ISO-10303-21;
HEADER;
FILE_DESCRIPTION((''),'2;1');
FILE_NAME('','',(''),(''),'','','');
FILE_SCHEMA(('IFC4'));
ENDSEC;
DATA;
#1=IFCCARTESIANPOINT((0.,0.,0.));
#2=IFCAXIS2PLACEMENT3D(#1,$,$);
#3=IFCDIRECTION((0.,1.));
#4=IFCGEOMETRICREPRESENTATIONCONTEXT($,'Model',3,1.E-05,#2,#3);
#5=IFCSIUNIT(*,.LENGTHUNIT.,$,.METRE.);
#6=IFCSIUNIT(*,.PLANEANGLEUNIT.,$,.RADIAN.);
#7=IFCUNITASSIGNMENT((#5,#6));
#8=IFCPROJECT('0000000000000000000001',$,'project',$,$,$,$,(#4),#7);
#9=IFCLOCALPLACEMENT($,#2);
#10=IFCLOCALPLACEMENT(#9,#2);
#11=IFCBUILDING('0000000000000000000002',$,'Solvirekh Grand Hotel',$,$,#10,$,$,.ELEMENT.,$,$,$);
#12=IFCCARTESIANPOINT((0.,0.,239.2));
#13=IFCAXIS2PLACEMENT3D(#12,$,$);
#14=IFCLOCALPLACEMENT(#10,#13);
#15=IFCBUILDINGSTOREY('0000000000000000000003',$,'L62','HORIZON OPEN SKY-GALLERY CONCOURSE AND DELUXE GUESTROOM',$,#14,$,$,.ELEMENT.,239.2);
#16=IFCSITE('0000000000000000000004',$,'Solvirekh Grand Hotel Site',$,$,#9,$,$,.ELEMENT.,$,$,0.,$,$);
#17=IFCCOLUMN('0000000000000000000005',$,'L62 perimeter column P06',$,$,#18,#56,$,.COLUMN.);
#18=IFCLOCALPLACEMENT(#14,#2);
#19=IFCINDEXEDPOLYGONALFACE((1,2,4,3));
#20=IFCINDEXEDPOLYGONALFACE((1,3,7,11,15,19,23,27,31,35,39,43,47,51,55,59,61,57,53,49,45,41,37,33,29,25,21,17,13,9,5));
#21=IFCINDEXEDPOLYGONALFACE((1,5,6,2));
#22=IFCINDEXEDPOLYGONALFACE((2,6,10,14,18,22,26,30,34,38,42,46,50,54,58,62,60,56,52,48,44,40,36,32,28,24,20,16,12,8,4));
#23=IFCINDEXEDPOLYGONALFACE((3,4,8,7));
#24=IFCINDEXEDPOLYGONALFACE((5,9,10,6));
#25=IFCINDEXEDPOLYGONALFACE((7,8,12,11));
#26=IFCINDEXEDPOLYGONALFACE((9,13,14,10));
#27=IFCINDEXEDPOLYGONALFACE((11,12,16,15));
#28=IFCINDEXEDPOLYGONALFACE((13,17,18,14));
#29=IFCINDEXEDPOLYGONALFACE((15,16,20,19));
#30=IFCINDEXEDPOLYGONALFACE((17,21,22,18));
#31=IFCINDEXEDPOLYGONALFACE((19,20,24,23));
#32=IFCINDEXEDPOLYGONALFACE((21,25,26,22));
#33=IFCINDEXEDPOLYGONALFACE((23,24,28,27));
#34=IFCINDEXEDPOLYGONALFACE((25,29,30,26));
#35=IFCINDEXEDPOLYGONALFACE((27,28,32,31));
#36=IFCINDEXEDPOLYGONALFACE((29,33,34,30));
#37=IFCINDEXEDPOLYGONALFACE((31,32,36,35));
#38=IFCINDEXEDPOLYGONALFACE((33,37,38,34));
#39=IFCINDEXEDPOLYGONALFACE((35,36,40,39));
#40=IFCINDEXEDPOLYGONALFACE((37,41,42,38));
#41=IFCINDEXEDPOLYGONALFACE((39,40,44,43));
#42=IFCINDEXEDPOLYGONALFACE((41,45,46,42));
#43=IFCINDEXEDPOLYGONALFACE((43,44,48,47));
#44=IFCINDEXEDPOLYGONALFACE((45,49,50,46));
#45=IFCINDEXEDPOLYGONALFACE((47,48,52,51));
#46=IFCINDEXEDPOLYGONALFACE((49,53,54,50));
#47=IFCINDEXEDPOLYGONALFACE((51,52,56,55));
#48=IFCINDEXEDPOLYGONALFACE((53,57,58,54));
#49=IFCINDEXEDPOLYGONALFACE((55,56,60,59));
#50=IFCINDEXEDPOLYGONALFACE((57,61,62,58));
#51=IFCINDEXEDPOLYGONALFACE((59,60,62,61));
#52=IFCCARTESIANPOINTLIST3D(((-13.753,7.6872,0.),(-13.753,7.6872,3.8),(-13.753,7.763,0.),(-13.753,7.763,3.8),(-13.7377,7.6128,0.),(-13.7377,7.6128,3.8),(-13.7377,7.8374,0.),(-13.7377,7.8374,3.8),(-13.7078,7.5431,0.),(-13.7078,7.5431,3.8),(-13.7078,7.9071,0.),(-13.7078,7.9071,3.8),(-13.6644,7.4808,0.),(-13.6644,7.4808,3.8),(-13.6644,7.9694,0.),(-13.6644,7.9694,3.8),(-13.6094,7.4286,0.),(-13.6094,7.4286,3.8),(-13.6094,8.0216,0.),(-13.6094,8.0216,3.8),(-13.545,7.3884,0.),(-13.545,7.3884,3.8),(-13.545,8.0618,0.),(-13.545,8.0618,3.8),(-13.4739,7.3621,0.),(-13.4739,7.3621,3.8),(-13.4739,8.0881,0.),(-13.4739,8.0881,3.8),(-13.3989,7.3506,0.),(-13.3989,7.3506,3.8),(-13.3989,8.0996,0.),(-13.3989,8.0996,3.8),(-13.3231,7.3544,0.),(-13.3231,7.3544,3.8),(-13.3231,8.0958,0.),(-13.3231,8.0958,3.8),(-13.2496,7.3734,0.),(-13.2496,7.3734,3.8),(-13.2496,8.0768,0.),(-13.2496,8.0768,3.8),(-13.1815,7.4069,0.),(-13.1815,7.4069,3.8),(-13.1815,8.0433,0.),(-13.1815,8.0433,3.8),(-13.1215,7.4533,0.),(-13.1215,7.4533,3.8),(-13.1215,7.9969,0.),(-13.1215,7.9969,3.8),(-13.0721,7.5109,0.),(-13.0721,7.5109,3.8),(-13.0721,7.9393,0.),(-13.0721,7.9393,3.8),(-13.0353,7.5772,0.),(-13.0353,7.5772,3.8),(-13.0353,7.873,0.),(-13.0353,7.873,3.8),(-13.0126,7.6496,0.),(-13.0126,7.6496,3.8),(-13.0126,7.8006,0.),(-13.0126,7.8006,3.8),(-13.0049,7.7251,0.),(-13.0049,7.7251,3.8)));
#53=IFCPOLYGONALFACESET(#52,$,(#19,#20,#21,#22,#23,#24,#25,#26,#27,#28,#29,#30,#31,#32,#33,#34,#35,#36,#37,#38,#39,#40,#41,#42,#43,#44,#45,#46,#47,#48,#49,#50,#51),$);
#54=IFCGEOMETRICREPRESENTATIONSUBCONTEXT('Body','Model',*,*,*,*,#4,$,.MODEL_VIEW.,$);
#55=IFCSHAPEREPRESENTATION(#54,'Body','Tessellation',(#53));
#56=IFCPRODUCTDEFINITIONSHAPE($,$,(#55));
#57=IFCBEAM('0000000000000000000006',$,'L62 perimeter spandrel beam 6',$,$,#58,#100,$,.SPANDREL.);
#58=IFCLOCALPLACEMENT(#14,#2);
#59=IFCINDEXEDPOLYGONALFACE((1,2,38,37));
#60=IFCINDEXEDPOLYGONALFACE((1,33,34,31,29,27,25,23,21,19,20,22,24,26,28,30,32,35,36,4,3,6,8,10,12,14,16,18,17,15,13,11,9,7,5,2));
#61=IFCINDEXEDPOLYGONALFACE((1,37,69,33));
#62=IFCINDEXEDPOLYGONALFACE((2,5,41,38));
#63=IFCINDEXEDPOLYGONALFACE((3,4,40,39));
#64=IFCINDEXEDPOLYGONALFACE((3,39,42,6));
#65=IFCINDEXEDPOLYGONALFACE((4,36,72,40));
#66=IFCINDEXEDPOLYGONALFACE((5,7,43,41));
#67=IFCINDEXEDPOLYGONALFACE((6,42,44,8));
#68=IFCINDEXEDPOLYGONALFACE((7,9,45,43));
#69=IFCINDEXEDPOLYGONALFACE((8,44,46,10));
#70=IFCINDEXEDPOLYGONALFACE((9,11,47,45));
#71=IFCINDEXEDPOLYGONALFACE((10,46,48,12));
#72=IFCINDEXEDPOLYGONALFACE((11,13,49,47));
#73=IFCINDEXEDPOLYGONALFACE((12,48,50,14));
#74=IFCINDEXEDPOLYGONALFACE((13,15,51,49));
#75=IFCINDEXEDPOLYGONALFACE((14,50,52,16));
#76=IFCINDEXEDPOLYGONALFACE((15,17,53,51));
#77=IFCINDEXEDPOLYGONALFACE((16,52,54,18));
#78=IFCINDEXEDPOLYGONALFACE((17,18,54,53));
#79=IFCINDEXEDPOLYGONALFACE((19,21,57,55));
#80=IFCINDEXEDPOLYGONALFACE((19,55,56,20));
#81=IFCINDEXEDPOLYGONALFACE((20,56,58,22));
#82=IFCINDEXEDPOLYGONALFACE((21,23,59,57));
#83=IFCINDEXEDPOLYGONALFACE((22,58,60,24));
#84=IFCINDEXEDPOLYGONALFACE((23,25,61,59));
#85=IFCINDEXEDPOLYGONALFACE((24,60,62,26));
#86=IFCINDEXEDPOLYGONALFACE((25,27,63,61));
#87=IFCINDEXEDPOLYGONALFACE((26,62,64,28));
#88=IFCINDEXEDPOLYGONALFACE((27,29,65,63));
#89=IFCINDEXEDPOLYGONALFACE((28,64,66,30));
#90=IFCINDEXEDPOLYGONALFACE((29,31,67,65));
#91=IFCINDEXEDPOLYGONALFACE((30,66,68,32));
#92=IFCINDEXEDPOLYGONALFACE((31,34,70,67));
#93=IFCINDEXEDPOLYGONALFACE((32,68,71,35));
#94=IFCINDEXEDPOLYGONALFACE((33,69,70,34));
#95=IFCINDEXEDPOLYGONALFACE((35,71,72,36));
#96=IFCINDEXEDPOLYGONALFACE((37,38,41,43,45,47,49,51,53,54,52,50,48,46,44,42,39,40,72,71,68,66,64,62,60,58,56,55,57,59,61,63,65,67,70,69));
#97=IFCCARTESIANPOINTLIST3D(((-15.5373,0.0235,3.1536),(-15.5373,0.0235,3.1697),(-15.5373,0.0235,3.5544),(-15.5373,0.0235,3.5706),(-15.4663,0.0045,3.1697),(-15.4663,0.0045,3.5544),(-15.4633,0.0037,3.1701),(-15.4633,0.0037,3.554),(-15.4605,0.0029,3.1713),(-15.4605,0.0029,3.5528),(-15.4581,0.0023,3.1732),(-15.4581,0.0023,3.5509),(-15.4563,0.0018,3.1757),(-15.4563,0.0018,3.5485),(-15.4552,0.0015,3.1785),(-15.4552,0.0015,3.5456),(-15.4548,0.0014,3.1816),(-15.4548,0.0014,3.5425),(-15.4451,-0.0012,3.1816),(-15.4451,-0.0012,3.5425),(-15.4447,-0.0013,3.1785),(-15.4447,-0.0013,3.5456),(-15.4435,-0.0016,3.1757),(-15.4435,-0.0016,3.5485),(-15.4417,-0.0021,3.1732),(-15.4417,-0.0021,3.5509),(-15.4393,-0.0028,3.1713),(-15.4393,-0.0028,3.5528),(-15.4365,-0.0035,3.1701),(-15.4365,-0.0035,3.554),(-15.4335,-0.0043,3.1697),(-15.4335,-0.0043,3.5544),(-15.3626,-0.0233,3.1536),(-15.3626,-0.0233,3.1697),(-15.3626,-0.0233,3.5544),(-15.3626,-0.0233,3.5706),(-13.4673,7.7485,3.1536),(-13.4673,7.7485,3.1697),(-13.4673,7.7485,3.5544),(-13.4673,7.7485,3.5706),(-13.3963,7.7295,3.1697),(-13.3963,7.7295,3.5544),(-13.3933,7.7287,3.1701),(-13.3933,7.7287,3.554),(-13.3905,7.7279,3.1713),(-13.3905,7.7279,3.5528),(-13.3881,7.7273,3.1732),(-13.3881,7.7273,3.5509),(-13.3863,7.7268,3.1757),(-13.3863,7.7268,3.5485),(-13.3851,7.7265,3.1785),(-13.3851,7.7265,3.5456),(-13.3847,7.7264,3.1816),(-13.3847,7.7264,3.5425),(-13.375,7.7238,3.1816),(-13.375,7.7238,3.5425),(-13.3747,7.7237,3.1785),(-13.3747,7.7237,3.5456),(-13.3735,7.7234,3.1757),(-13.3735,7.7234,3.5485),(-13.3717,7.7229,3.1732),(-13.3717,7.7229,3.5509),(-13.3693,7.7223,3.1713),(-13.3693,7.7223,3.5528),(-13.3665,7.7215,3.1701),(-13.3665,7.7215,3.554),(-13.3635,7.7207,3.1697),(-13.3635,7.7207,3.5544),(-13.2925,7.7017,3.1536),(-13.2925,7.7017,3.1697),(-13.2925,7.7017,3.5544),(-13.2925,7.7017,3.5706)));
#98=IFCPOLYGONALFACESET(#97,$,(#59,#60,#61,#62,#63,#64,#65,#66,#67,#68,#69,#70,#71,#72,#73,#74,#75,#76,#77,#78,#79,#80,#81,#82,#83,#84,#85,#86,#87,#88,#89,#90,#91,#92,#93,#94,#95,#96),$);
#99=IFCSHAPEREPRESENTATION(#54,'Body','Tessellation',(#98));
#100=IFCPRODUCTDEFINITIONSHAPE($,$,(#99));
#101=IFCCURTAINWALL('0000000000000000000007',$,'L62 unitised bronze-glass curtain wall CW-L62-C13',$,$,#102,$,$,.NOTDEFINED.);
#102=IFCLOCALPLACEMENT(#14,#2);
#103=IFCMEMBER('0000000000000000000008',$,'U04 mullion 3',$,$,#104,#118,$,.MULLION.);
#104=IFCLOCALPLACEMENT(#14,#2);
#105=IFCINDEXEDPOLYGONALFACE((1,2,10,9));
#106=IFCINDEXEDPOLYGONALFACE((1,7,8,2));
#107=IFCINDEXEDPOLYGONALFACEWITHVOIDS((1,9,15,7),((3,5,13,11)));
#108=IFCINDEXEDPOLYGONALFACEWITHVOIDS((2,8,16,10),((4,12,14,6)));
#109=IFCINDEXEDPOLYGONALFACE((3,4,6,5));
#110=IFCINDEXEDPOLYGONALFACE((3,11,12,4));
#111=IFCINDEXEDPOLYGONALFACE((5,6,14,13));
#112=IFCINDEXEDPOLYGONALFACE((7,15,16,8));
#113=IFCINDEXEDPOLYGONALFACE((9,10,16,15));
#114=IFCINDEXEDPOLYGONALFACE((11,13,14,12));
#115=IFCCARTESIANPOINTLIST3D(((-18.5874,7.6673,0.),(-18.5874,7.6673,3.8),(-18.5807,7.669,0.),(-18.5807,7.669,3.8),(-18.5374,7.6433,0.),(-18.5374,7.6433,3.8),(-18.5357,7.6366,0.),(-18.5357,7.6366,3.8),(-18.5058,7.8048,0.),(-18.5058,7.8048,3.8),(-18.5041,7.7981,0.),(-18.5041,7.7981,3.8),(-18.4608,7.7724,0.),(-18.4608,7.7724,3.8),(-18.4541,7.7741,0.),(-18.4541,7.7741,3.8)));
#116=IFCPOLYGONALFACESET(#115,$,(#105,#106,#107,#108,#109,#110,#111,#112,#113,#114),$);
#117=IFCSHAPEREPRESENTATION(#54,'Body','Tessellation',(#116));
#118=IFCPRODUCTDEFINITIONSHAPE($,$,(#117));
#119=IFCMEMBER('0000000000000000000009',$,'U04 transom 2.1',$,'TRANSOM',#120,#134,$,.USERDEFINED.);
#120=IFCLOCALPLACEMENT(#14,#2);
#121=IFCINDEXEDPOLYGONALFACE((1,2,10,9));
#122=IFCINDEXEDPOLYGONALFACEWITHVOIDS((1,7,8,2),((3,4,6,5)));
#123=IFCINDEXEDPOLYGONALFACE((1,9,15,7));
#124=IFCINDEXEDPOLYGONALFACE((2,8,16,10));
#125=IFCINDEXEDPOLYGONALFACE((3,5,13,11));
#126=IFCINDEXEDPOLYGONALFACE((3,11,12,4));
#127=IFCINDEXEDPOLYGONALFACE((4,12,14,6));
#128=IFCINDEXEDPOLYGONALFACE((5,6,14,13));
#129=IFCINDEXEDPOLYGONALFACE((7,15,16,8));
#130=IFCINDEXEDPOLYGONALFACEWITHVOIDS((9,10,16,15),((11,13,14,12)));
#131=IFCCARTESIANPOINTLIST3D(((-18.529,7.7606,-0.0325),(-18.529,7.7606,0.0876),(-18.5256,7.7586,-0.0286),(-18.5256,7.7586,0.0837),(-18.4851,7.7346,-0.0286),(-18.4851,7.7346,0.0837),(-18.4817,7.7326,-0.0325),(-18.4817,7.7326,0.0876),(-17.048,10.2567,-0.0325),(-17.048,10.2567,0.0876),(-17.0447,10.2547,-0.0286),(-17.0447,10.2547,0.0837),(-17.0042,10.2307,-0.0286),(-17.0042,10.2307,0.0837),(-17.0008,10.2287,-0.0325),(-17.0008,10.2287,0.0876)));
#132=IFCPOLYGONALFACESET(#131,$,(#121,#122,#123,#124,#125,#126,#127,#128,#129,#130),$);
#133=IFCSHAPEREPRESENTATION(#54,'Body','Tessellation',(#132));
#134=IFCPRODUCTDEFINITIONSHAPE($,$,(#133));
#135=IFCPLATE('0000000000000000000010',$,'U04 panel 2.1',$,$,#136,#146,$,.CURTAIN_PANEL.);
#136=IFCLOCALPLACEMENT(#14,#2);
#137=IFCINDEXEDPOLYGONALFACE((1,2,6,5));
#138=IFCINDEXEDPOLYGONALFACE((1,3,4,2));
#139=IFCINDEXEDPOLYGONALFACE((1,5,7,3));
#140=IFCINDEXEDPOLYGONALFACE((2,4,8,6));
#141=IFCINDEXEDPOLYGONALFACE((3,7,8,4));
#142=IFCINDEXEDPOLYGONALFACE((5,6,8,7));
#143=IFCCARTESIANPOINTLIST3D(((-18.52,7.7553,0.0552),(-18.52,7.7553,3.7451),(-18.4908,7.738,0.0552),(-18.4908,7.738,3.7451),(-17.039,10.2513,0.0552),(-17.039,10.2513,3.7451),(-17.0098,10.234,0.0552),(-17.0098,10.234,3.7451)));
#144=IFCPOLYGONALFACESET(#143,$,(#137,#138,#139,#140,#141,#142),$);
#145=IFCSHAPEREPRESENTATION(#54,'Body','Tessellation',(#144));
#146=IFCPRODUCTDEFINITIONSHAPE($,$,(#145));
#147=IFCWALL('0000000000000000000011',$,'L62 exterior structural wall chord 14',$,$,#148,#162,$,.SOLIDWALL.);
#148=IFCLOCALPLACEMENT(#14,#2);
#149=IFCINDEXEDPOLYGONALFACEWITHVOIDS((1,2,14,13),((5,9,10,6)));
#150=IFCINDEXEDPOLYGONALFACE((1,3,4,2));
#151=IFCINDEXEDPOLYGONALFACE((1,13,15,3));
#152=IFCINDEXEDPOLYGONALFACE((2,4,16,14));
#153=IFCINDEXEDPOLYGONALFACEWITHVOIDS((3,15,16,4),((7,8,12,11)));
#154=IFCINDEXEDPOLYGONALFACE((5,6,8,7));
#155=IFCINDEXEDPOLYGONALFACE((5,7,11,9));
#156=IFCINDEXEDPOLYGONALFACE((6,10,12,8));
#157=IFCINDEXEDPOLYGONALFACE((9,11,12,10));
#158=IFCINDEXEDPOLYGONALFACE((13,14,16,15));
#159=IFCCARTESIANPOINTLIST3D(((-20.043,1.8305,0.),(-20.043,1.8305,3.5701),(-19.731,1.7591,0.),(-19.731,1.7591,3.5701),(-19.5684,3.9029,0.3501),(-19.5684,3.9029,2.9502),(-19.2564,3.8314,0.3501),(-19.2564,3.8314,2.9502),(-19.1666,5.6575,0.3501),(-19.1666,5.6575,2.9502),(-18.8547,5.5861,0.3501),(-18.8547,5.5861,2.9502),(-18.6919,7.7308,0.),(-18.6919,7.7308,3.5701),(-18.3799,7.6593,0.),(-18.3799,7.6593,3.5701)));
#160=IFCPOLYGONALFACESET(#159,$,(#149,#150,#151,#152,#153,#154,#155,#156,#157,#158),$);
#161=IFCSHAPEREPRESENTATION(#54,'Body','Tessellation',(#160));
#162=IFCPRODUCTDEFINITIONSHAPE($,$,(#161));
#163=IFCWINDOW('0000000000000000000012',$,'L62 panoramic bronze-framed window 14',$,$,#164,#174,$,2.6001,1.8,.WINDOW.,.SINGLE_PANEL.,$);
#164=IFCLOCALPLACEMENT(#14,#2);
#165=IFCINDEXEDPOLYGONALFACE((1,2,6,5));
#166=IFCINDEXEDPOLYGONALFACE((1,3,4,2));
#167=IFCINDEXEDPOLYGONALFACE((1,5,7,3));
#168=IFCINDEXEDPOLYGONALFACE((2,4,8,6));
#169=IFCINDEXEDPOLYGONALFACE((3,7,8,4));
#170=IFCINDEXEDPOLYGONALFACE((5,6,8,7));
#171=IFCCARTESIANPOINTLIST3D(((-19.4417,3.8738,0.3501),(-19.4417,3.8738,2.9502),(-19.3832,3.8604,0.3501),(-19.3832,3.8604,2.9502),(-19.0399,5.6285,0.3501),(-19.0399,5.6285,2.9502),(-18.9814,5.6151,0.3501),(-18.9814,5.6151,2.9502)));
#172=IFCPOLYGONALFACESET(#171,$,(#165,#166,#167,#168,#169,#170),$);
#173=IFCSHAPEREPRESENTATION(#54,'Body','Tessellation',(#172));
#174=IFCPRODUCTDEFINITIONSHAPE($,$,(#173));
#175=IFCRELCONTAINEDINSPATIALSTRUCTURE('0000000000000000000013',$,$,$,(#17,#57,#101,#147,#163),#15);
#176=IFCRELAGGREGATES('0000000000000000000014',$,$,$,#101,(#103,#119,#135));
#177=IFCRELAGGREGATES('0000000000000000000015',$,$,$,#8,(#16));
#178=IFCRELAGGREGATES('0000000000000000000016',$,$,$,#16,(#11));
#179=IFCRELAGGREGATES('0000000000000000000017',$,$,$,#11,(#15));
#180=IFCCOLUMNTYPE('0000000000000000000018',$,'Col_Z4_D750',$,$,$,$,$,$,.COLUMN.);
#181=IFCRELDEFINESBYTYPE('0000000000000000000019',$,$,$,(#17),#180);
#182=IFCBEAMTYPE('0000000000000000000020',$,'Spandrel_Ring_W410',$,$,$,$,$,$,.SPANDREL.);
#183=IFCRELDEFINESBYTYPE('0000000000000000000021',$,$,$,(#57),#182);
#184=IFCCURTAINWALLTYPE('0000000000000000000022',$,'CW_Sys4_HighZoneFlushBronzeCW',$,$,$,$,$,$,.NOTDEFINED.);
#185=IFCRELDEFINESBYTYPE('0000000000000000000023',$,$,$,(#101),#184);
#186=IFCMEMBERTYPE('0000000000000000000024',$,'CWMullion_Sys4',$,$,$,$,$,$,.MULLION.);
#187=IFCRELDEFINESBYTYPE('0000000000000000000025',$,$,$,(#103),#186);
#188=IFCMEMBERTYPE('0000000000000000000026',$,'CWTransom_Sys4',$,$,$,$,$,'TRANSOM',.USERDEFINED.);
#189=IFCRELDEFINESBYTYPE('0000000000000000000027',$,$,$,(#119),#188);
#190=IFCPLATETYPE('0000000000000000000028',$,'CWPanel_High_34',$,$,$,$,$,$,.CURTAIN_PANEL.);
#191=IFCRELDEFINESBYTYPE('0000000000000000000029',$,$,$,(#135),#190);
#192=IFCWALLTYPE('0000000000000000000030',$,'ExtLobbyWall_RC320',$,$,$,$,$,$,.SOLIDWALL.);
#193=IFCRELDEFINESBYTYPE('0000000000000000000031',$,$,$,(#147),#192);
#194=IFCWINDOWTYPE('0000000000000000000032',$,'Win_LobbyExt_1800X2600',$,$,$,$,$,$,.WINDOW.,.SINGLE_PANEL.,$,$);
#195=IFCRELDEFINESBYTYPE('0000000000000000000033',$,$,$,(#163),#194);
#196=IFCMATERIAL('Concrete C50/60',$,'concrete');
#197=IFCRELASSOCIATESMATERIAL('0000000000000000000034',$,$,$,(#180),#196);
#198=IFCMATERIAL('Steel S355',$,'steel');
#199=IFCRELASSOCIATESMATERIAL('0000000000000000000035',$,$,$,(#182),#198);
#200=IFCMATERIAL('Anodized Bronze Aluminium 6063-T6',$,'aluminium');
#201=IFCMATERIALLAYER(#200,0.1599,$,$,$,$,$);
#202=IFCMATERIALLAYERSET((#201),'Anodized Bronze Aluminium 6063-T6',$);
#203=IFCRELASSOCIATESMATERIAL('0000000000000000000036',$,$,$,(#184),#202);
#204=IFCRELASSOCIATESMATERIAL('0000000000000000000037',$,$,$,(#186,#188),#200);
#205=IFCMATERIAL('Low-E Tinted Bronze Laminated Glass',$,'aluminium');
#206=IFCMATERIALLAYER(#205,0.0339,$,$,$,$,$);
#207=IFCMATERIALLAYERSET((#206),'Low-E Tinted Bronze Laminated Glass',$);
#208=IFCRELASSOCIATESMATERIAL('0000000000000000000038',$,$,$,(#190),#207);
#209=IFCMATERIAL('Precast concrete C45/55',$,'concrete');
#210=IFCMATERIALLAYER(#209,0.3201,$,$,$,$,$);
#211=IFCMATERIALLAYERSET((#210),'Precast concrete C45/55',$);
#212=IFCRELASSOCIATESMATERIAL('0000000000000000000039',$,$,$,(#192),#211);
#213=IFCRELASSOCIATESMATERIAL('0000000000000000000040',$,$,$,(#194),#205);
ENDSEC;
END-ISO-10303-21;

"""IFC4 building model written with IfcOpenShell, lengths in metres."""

from ifc_helpers import new_model, si_unit, direction, frame, frame_2d, origin, origin_2d, place, context, subcontext, project, spatial, rectangle, hollow_rectangle, circle, i_section, extrude, source, transform, mapped, material, layer, layer_set, material_profile, profile_set, type_object, element, fill, aggregate, save


model = new_model("IFC4")

# Units and contexts
model_context = context("Model", 3, precision=1e-05, world=origin(), true_north=direction((0.0, 1.0)))
body_context = subcontext(model_context, "Body", "Model", "MODEL_VIEW")
ifc_project = project(units=[si_unit("LENGTHUNIT", "METRE"), si_unit("PLANEANGLEUNIT", "RADIAN")], contexts=[model_context])

# Site, building, storey
site_placement = place(None, origin())
site = spatial("IfcSite", under=ifc_project, at=site_placement, Name="Solvirekh Grand Hotel Site", CompositionType="ELEMENT", RefElevation=0.0)
building_placement = place(site_placement, origin())
building = spatial("IfcBuilding", under=site, at=building_placement, Name="Solvirekh Grand Hotel", CompositionType="ELEMENT")
storey_placement = place(building_placement, frame((0.0, 0.0, 239.2)))
storey = spatial("IfcBuildingStorey", under=building, at=storey_placement, Name="L62", Description="HORIZON OPEN SKY-GALLERY CONCOURSE AND DELUXE GUESTROOM", CompositionType="ELEMENT", Elevation=239.2)

# Column
ifc_material_1 = material(Name="Concrete C50/60", Category="concrete")
ifc_material_profile_1 = material_profile(ifc_material_1, circle(Radius=0.375, at=origin_2d()), Name="RC CIRC D750")
ifc_profile_set_1 = profile_set([ifc_material_profile_1], Name="Concrete C50/60")
column_type = type_object("IfcColumnType", Name="Col_Z4_D750", PredefinedType="COLUMN", material=ifc_profile_set_1)
column_placement = place(storey_placement, frame((-13.3799, 7.7251, 0.0), z_axis=(0.0, 0.0, 1.0), x_axis=(1.0, 0.0, 0.0)))
element("IfcColumn", 1, at=column_placement, inside=storey, type_object=column_type, Name="L62 perimeter column P06", PredefinedType="COLUMN", context=body_context, shape_type="SweptSolid", body=[
    extrude(circle(Radius=0.375, at=origin_2d()), origin(), (0.0, 0.0, 1.0), 3.8),
])

# Beam
ifc_material_2 = material(Name="Steel S355", Category="steel")
ifc_material_profile_2 = material_profile(ifc_material_2, i_section(OverallWidth=0.1809, OverallDepth=0.417, WebThickness=0.01, FlangeThickness=0.0161, FilletRadius=0.012, at=origin_2d()), Name="W410X85")
ifc_profile_set_2 = profile_set([ifc_material_profile_2], Name="Steel S355")
beam_type = type_object("IfcBeamType", Name="Spandrel_Ring_W410", PredefinedType="SPANDREL", material=ifc_profile_set_2)
beam_placement = place(storey_placement, frame((-13.3799, 7.7251, 3.3621), z_axis=(-0.258835, -0.965922, 0.0), x_axis=(0.965922, -0.258835, 0.0)))
element("IfcBeam", 2, at=beam_placement, inside=storey, type_object=beam_type, Name="L62 perimeter spandrel beam 6", PredefinedType="SPANDREL", context=body_context, shape_type="SweptSolid", body=[
    extrude(i_section(OverallWidth=0.1809, OverallDepth=0.417, WebThickness=0.01, FlangeThickness=0.0161, FilletRadius=0.012, at=origin_2d()), origin(), (0.0, 0.0, 1.0), 7.9976),
])

# Curtain wall, members, plate
ifc_material_3 = material(Name="Anodized Bronze Aluminium 6063-T6", Category="aluminium")
ifc_layer_1 = layer(ifc_material_3, 0.1599)
ifc_layer_set_1 = layer_set([ifc_layer_1], Name="Anodized Bronze Aluminium 6063-T6")
curtain_wall_type = type_object("IfcCurtainWallType", Name="CW_Sys4_HighZoneFlushBronzeCW", PredefinedType="NOTDEFINED", material=ifc_layer_set_1)
curtain_wall_placement = place(storey_placement, origin())
curtain_wall = element("IfcCurtainWall", 3, at=curtain_wall_placement, inside=storey, type_object=curtain_wall_type, Name="L62 unitised bronze-glass curtain wall CW-L62-C13", PredefinedType="NOTDEFINED")
ifc_material_profile_3 = material_profile(ifc_material_3, hollow_rectangle(XDim=0.0601, YDim=0.1599, WallThickness=0.0049, at=origin_2d()), Name="ALU RHS 160X60X5")
ifc_profile_set_3 = profile_set([ifc_material_profile_3], Name="Anodized Bronze Aluminium 6063-T6")
member_type_1 = type_object("IfcMemberType", Name="CWMullion_Sys4", PredefinedType="MULLION", material=ifc_profile_set_3)
shared_shape_1 = source(origin(), body_context, "Body", "SweptSolid", [
    extrude(hollow_rectangle(XDim=0.0601, YDim=0.1599, WallThickness=0.0049, at=origin_2d()), origin(), (0.0, 0.0, 1.0), 3.8),
])
member_1_placement = place(storey_placement, frame((-18.5208, 7.7207, 0.0), z_axis=(0.0, 0.0, 1.0), x_axis=(0.860004, -0.510288, 0.0)))
member_1 = element("IfcMember", 4, at=member_1_placement, type_object=member_type_1, Name="U04 mullion 3", PredefinedType="MULLION", context=body_context, shape_type="MappedRepresentation", body=[
    mapped(shared_shape_1, transform((0.0, 0.0, 0.0), x_axis=(1.0, 0.0, 0.0), y_axis=(0.0, 1.0, 0.0), z_axis=(0.0, 0.0, 1.0), scale=1.0)),
])
ifc_material_profile_4 = material_profile(ifc_material_3, hollow_rectangle(XDim=0.0549, YDim=0.1201, WallThickness=0.0039, at=origin_2d()), Name="ALU RHS 120X55X4")
ifc_profile_set_4 = profile_set([ifc_material_profile_4], Name="Anodized Bronze Aluminium 6063-T6")
member_type_2 = type_object("IfcMemberType", Name="CWTransom_Sys4", ElementType="TRANSOM", PredefinedType="USERDEFINED", material=ifc_profile_set_4)
shared_shape_2 = source(origin(), body_context, "Body", "SweptSolid", [
    extrude(hollow_rectangle(XDim=0.0549, YDim=0.1201, WallThickness=0.0039, at=origin_2d()), origin(), (0.0, 0.0, 1.0), 2.9023),
])
member_2_placement = place(storey_placement, frame((-17.0244, 10.2427, 0.0276), z_axis=(-0.510259, -0.860021, 0.0), x_axis=(0.860021, -0.510259, 0.0)))
member_2 = element("IfcMember", 5, at=member_2_placement, type_object=member_type_2, Name="U04 transom 2.1", ObjectType="TRANSOM", PredefinedType="USERDEFINED", context=body_context, shape_type="MappedRepresentation", body=[
    mapped(shared_shape_2, transform((0.0, 0.0, 0.0), x_axis=(1.0, 0.0, 0.0), y_axis=(0.0, 1.0, 0.0), z_axis=(0.0, 0.0, 1.0), scale=1.0)),
])
ifc_material_4 = material(Name="Low-E Tinted Bronze Laminated Glass", Category="aluminium")
ifc_layer_2 = layer(ifc_material_4, 0.0339)
ifc_layer_set_2 = layer_set([ifc_layer_2], Name="Low-E Tinted Bronze Laminated Glass")
plate_type = type_object("IfcPlateType", Name="CWPanel_High_34", PredefinedType="CURTAIN_PANEL", material=ifc_layer_set_2)
shared_shape_3 = source(origin(), body_context, "Body", "SweptSolid", [
    extrude(rectangle(XDim=2.9023, YDim=0.0339, at=origin_2d()), origin(), (0.0, 0.0, 1.0), 3.6899),
])
plate_placement = place(storey_placement, frame((-17.7649, 8.9946, 0.0552), z_axis=(0.0, 0.0, 1.0), x_axis=(-0.510288, -0.860004, 0.0)))
plate = element("IfcPlate", 6, at=plate_placement, type_object=plate_type, Name="U04 panel 2.1", PredefinedType="CURTAIN_PANEL", context=body_context, shape_type="MappedRepresentation", body=[
    mapped(shared_shape_3, transform((0.0, 0.0, 0.0), x_axis=(1.0, 0.0, 0.0), y_axis=(0.0, 1.0, 0.0), z_axis=(0.0, 0.0, 1.0), scale=1.0)),
])
aggregate(curtain_wall, [member_1, member_2, plate])

# Wall, opening, window
ifc_material_5 = material(Name="Precast concrete C45/55", Category="concrete")
ifc_layer_3 = layer(ifc_material_5, 0.3201)
ifc_layer_set_3 = layer_set([ifc_layer_3], Name="Precast concrete C45/55")
wall_type_1 = type_object("IfcWallType", Name="ExtLobbyWall_RC320", PredefinedType="SOLIDWALL", material=ifc_layer_set_3)
wall_1_placement = place(storey_placement, frame((-19.887, 1.7949, 0.0), z_axis=(0.0, 0.0, 1.0), x_axis=(0.223212, 0.97477, 0.0)))
wall_1 = element("IfcWall", 7, at=wall_1_placement, inside=storey, type_object=wall_type_1, Name="L62 exterior structural wall chord 14", PredefinedType="SOLIDWALL", context=body_context, shape_type="SweptSolid", body=[
    extrude(rectangle(XDim=6.053, YDim=0.3201, at=frame_2d((3.0264, 0.0))), origin(), (0.0, 0.0, 1.0), 3.5701),
])
opening_1_placement = place(wall_1_placement, frame((2.126, 0.0, 0.3501)))
opening_1 = element("IfcOpeningElement", 8, at=opening_1_placement, cuts=wall_1, PredefinedType="OPENING", context=body_context, shape_type="SweptSolid", body=[
    extrude(rectangle(XDim=1.8, YDim=2.6001, at=frame_2d((0.8999, 1.3))), frame((0.0, 0.1699, 0.0), z_axis=(0.0, -1.0, 0.0), x_axis=(1.0, 0.0, 0.0)), (0.0, 0.0, 1.0), 0.3401),
])
window_type = type_object("IfcWindowType", Name="Win_LobbyExt_1800X2600", PartitioningType="SINGLE_PANEL", PredefinedType="WINDOW", material=ifc_material_4)
window_placement = place(opening_1_placement, origin())
window = element("IfcWindow", 9, at=window_placement, inside=storey, type_object=window_type, Name="L62 panoramic bronze-framed window 14", OverallHeight=2.6001, OverallWidth=1.8, PartitioningType="SINGLE_PANEL", PredefinedType="WINDOW", context=body_context, shape_type="SweptSolid", body=[
    extrude(rectangle(XDim=1.8, YDim=2.6001, at=frame_2d((0.8999, 1.3))), frame((0.0, 0.03, 0.0), z_axis=(0.0, -1.0, 0.0), x_axis=(1.0, 0.0, 0.0)), (0.0, 0.0, 1.0), 0.0601),
])
fill(opening_1, window)

save(model, "model.ifc")
